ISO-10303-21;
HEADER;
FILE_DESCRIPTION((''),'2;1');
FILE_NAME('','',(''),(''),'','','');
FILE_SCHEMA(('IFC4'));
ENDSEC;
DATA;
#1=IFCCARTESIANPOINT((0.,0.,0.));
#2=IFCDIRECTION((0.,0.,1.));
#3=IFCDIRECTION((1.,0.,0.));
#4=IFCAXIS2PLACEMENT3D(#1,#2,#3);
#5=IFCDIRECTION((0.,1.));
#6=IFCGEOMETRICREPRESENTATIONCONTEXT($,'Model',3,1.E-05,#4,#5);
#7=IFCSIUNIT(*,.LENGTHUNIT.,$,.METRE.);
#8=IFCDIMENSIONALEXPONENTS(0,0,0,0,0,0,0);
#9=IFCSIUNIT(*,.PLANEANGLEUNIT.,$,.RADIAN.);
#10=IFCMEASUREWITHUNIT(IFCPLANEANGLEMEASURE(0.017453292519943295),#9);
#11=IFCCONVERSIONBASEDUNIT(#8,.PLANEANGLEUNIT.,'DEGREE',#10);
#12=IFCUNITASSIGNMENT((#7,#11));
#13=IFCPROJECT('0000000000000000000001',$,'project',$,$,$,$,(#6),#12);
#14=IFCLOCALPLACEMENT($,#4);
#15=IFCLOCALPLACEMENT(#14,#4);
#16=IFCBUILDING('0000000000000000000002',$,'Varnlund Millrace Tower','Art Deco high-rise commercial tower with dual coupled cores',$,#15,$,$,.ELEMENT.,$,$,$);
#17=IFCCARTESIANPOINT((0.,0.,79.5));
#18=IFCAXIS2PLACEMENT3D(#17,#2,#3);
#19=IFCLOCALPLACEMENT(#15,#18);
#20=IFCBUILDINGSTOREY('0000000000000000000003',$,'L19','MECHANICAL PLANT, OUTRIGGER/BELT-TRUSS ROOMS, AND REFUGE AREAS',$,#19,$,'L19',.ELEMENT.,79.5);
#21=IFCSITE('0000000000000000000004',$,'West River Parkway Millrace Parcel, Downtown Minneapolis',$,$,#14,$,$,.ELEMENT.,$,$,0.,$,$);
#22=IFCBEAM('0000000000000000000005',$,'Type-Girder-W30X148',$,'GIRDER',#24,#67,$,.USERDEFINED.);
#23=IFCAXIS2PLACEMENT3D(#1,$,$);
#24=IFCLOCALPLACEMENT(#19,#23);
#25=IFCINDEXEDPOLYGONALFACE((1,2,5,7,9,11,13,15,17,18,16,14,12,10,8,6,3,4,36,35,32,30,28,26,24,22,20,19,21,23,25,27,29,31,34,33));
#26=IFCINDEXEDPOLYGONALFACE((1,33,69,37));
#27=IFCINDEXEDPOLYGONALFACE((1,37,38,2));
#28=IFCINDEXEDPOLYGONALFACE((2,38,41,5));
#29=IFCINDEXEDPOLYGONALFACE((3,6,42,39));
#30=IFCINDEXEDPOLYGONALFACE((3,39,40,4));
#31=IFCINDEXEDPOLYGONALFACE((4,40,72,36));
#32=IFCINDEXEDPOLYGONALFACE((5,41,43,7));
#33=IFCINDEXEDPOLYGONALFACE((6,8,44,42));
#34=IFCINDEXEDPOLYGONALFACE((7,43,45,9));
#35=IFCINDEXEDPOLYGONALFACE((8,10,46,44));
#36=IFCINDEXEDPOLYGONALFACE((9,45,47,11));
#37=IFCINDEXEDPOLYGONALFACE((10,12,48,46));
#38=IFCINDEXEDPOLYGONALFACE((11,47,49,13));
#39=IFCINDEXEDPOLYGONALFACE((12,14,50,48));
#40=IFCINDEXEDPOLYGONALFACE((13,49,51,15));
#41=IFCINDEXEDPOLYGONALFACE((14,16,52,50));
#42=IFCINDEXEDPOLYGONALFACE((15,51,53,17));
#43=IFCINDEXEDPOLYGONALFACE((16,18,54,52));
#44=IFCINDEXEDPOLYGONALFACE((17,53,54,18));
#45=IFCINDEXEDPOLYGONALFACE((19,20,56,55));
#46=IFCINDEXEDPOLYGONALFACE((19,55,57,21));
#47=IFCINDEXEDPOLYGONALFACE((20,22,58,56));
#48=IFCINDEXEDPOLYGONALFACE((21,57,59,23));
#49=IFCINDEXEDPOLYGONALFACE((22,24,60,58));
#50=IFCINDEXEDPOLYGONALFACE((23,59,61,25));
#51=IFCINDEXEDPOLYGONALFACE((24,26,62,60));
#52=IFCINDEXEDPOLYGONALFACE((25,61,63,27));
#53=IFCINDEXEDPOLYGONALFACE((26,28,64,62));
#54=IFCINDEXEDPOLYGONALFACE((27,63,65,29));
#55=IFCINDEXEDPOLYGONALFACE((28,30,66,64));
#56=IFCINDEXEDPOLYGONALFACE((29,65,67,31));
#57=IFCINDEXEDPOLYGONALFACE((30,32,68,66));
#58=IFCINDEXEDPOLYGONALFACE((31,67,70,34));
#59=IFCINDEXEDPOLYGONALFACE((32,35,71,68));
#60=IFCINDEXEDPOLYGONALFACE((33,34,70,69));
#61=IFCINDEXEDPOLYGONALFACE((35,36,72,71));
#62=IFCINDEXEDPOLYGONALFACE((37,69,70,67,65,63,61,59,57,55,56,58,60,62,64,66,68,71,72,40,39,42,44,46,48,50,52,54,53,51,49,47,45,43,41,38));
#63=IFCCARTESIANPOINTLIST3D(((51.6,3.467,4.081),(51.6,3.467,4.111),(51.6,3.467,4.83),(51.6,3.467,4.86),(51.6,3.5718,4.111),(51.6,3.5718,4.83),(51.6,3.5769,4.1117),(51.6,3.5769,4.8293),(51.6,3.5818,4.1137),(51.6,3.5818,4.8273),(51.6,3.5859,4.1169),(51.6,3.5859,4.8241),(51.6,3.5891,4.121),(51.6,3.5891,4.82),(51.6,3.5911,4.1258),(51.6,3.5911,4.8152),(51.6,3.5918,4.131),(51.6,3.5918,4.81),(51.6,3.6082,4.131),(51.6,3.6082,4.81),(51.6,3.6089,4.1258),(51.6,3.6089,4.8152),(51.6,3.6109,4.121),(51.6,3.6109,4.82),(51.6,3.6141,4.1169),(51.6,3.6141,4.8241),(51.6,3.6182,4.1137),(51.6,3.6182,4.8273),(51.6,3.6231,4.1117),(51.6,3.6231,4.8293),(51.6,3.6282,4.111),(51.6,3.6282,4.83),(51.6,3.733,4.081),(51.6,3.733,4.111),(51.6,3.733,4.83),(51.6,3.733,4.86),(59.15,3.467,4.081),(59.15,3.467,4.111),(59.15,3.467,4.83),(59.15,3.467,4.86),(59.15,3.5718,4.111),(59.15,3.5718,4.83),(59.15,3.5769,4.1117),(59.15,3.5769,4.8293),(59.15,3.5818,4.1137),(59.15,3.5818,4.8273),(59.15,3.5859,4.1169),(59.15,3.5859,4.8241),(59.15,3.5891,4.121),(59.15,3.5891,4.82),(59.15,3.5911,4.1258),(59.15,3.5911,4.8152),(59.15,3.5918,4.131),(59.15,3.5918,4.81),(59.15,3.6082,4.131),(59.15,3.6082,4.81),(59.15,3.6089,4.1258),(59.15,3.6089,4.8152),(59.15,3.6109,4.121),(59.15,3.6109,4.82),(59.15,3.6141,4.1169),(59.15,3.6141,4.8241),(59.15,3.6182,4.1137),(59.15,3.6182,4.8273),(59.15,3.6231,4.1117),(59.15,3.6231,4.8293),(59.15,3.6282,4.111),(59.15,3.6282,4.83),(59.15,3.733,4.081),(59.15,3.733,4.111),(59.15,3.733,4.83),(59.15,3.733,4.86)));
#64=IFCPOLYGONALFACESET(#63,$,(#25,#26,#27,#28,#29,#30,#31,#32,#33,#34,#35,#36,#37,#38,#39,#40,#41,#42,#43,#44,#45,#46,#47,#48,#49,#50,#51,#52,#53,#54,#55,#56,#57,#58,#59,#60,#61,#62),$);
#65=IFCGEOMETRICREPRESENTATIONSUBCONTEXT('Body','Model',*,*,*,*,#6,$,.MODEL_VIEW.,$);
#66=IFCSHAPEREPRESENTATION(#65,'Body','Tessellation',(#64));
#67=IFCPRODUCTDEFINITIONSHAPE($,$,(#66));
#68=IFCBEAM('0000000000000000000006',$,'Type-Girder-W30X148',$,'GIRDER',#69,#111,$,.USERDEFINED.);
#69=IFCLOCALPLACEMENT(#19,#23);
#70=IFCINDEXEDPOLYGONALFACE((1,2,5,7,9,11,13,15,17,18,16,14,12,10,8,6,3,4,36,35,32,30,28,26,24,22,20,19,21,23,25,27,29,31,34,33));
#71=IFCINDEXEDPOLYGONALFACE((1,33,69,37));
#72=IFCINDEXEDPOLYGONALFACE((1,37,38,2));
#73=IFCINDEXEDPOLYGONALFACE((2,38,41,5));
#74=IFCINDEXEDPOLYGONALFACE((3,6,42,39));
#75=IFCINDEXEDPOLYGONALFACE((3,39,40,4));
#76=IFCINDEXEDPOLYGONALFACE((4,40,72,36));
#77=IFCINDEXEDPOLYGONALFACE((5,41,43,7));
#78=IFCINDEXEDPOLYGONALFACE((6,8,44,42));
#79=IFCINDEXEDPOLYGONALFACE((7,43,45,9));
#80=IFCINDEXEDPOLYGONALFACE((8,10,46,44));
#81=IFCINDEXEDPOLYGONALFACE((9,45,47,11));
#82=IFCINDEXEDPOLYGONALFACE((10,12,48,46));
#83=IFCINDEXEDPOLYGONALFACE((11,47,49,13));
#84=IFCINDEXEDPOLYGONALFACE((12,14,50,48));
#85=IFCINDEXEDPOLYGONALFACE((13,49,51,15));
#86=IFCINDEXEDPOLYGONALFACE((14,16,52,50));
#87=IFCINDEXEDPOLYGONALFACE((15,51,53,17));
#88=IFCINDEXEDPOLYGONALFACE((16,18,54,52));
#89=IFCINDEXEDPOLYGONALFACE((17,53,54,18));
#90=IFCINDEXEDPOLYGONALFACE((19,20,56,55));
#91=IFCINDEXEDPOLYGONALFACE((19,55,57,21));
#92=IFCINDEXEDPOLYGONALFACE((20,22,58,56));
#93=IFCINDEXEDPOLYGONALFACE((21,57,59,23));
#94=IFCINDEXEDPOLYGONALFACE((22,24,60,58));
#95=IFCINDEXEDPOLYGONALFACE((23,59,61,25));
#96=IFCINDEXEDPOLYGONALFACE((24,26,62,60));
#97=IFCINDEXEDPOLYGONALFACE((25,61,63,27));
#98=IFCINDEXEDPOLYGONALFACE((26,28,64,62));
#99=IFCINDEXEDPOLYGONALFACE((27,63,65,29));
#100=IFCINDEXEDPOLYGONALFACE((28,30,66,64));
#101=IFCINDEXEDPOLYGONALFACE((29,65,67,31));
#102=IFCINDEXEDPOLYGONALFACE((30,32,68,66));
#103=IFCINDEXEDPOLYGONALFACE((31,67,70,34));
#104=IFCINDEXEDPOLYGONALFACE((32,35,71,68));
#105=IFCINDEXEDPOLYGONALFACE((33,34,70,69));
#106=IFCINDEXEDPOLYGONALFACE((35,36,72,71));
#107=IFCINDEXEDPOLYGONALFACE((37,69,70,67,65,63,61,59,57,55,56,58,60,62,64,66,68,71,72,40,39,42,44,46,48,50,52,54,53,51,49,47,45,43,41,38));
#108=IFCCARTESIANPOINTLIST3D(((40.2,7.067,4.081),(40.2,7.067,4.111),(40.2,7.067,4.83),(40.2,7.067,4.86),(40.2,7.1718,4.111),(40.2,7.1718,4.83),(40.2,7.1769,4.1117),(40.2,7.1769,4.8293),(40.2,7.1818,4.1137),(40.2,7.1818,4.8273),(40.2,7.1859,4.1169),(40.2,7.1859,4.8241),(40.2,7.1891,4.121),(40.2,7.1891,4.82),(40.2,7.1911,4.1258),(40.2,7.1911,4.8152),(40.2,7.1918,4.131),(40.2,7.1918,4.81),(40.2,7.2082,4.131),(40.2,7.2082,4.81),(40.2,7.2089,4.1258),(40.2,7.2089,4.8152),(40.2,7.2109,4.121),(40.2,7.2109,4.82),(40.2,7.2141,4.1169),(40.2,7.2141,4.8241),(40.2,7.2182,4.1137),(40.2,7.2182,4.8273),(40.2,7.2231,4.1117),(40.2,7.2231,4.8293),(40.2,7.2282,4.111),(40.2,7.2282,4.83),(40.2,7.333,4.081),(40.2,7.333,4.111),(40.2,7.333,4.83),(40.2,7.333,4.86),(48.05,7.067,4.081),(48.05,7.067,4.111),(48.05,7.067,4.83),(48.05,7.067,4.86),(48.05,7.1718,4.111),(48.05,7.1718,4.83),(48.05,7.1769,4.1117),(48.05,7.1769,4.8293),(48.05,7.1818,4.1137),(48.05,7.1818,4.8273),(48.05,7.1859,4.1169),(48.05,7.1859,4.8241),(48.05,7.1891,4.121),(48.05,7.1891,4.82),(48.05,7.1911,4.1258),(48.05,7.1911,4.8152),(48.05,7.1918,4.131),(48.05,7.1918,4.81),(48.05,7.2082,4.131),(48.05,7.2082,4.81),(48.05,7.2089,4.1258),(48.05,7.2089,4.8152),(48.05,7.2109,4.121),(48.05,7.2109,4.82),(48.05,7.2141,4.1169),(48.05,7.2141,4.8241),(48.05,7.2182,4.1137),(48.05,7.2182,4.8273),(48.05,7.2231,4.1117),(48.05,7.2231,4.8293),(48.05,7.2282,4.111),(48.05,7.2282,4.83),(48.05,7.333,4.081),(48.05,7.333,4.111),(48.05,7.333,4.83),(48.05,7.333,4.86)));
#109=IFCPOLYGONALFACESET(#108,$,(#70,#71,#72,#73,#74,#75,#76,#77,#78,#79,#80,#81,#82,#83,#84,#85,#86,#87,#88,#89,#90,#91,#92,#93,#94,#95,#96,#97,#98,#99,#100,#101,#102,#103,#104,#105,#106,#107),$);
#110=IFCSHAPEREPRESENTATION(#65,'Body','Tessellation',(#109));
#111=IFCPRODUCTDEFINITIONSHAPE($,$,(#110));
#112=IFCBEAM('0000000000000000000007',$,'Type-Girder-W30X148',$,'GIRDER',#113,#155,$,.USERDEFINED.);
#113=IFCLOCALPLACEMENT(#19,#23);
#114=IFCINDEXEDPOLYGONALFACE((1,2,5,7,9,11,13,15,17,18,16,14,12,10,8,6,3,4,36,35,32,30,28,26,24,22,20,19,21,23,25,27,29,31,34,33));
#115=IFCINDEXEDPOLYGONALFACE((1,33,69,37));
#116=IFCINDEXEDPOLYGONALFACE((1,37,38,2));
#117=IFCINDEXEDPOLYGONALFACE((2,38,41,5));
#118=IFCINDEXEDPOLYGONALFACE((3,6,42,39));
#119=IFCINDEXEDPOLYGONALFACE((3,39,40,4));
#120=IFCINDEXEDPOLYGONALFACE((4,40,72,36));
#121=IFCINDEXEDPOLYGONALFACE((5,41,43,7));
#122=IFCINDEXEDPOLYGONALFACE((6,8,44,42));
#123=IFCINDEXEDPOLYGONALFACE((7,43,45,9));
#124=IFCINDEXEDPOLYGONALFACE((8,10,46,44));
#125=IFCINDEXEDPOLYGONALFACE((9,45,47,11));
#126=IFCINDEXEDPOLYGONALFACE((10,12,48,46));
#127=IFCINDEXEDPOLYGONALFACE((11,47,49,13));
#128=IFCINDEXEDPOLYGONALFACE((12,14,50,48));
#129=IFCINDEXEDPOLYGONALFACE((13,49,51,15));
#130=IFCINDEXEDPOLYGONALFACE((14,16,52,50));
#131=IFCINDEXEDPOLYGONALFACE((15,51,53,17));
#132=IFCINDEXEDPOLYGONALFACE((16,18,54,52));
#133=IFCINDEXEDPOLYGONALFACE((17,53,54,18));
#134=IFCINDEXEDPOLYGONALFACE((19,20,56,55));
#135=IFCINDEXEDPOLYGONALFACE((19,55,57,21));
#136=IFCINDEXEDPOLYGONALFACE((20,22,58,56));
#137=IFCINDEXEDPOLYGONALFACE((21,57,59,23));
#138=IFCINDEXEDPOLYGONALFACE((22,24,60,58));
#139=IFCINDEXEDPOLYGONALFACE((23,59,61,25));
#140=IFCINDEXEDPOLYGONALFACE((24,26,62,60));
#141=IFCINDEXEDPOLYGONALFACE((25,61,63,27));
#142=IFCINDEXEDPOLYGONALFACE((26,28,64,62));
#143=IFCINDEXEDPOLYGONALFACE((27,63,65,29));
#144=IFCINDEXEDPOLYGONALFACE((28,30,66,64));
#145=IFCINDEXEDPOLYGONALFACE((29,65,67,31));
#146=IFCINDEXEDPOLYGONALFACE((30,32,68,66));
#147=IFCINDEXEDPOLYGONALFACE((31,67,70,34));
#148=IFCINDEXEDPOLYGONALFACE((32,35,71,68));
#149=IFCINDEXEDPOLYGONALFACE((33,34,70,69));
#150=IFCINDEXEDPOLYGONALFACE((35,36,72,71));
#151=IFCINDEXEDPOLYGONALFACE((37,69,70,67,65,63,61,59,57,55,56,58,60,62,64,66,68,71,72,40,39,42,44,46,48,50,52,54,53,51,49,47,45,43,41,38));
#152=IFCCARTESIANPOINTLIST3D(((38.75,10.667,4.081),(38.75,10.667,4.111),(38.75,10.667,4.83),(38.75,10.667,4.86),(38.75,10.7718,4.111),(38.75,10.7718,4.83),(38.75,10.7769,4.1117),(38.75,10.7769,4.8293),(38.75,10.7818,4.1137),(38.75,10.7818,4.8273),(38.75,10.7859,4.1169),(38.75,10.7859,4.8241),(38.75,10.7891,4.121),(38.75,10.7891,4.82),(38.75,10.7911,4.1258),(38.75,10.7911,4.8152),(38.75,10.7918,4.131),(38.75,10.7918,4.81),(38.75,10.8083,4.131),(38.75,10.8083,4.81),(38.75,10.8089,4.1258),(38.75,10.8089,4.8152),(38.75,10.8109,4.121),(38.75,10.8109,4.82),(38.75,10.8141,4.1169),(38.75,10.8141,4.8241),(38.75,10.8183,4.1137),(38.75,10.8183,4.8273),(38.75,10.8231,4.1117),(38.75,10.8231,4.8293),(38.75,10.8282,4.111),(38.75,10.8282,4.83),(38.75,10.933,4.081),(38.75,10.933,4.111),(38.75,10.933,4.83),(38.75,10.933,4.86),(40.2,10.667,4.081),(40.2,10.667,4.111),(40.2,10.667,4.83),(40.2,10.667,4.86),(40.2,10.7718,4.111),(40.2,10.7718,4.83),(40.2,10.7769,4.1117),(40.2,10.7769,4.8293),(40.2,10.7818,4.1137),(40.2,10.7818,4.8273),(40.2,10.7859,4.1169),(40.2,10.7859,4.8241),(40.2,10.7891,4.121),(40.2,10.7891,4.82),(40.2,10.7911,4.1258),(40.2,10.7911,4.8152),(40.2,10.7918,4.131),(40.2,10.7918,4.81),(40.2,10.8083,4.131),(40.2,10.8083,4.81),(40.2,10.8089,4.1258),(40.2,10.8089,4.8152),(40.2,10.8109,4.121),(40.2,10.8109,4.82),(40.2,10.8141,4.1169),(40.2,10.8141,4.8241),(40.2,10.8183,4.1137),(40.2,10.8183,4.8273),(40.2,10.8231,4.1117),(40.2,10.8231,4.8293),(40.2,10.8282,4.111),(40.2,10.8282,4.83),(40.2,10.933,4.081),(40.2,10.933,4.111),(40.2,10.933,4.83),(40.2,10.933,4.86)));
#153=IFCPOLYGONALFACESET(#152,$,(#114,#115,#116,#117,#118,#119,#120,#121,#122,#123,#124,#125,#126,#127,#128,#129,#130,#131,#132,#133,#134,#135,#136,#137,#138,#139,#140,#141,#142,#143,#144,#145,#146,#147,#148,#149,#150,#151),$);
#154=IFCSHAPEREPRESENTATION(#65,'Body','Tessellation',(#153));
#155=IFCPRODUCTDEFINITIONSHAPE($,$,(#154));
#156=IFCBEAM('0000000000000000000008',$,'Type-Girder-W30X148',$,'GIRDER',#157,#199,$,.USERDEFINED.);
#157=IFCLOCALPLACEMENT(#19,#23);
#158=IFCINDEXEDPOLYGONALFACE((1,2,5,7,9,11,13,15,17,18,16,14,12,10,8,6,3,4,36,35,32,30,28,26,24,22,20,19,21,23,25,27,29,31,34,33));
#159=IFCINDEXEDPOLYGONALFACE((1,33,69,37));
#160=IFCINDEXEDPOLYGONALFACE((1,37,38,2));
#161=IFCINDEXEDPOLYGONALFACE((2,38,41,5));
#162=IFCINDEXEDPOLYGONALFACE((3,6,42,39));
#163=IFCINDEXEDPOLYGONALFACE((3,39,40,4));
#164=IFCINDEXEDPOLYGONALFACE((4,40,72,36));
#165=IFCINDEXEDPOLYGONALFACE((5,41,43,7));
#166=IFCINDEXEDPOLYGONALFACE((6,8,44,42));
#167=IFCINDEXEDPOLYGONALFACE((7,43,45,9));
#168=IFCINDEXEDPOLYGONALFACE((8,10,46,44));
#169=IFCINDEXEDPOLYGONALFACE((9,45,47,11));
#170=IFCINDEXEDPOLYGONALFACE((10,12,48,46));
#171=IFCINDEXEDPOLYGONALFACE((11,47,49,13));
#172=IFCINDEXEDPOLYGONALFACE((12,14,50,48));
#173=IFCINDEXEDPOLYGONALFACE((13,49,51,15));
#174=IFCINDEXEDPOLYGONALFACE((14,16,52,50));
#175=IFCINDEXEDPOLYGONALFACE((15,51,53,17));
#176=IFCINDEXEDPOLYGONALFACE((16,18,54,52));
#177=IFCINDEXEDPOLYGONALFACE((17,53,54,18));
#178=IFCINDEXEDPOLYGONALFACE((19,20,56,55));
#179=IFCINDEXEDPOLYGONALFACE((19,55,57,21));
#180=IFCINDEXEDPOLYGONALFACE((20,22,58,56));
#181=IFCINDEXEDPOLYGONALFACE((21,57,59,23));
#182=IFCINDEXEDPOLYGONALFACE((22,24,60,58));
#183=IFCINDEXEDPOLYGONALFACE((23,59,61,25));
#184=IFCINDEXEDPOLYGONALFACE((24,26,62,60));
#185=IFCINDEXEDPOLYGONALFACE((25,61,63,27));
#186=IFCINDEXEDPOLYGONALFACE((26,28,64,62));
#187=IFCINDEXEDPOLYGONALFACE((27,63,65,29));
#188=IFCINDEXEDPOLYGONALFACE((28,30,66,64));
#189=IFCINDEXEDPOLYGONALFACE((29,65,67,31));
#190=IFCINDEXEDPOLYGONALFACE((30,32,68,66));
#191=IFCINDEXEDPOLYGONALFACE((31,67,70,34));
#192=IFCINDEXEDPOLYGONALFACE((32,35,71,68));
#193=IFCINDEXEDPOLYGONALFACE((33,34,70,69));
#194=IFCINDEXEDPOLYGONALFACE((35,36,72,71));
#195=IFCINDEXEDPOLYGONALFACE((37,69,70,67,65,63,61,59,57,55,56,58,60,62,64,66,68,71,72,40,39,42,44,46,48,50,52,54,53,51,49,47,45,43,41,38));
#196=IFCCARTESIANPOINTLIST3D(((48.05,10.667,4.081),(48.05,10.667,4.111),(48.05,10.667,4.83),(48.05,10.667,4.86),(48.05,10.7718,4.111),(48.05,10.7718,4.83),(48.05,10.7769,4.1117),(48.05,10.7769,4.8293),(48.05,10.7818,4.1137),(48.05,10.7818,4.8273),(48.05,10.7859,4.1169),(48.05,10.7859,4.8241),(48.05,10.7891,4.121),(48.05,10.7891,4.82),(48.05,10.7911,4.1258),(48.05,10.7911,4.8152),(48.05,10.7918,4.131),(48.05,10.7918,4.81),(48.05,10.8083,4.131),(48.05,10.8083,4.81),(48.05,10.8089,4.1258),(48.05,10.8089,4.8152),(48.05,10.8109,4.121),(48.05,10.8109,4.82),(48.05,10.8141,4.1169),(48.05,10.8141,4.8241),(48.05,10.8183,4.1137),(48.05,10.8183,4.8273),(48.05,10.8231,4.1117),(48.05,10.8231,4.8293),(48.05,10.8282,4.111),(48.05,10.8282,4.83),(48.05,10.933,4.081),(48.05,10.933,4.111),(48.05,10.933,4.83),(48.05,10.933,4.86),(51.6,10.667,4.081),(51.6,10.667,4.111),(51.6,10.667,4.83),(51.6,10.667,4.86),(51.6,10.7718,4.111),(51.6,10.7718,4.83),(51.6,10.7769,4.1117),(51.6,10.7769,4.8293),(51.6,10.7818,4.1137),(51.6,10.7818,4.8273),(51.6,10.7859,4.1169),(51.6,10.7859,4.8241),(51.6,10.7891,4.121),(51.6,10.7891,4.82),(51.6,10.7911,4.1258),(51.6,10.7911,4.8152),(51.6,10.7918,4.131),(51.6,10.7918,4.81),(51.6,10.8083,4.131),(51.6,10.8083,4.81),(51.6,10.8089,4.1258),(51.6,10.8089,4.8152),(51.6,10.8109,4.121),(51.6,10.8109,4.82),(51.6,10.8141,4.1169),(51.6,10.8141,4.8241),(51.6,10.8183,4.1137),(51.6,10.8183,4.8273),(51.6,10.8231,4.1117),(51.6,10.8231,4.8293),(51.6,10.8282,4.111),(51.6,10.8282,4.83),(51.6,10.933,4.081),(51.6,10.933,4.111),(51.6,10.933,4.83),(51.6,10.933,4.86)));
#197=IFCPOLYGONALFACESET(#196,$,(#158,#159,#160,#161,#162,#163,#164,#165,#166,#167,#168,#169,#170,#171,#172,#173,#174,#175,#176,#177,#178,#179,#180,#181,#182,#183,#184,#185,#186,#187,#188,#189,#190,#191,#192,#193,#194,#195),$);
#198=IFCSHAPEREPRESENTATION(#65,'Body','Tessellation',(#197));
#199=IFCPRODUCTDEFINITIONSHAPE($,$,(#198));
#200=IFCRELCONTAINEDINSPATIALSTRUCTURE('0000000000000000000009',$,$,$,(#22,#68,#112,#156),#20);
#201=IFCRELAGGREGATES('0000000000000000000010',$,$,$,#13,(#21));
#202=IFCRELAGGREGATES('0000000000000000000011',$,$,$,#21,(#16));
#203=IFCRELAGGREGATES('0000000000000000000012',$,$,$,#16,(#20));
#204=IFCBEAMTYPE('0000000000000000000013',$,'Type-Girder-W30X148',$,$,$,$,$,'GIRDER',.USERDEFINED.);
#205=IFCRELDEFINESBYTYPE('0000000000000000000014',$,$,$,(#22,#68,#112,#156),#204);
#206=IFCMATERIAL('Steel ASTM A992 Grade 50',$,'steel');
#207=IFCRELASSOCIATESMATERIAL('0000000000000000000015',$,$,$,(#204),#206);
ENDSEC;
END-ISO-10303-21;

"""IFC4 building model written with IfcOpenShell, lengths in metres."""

from ifc_helpers import new_model, entity, si_unit, converted_unit, direction, frame, origin_with_axes, origin_2d_with_axis, place, context, subcontext, project, spatial, i_section, extrude, material, material_profile, profile_set, type_object, element, save


model = new_model("IFC4")

# Units and contexts
model_context = context("Model", 3, precision=1e-05, world=origin_with_axes(), true_north=direction((0.0, 1.0)))
body_context = subcontext(model_context, "Body", "Model", "MODEL_VIEW")
ifc_project = project(units=[si_unit("LENGTHUNIT", "METRE"), converted_unit("PLANEANGLEUNIT", "DEGREE", entity("IfcPlaneAngleMeasure", 0.017453292519943295), si_unit("PLANEANGLEUNIT", "RADIAN"), dimensions=[0, 0, 0, 0, 0, 0, 0])], contexts=[model_context])

# Site, building, storey
site_placement = place(None, origin_with_axes())
site = spatial("IfcSite", under=ifc_project, at=site_placement, Name="West River Parkway Millrace Parcel, Downtown Minneapolis", CompositionType="ELEMENT", RefElevation=0.0)
building_placement = place(site_placement, origin_with_axes())
building = spatial("IfcBuilding", under=site, at=building_placement, Name="Varnlund Millrace Tower", Description="Art Deco high-rise commercial tower with dual coupled cores", CompositionType="ELEMENT")
storey_placement = place(building_placement, frame((0.0, 0.0, 79.5), z_axis=(0.0, 0.0, 1.0), x_axis=(1.0, 0.0, 0.0)))
storey = spatial("IfcBuildingStorey", under=building, at=storey_placement, Name="L19", Description="MECHANICAL PLANT, OUTRIGGER/BELT-TRUSS ROOMS, AND REFUGE AREAS", LongName="L19", CompositionType="ELEMENT", Elevation=79.5)

# Beams
ifc_material_1 = material(Name="Steel ASTM A992 Grade 50", Category="steel")
ifc_material_profile_1 = material_profile(ifc_material_1, i_section(OverallWidth=0.266, OverallDepth=0.779, WebThickness=0.0165, FlangeThickness=0.03, FilletRadius=0.02, at=origin_2d_with_axis()), Name="Steel ASTM A992 Grade 50")
ifc_profile_set_1 = profile_set([ifc_material_profile_1], Name="Steel ASTM A992 Grade 50")
beam_type_1 = type_object("IfcBeamType", Name="Type-Girder-W30X148", ElementType="GIRDER", PredefinedType="USERDEFINED", material=ifc_profile_set_1)
beam_1_placement = place(storey_placement, frame((51.6, 3.6, 4.4705), z_axis=(1.0, 0.0, 0.0), x_axis=(0.0, 1.0, 0.0)))
element("IfcBeam", 1, at=beam_1_placement, inside=storey, type_object=beam_type_1, Name="Type-Girder-W30X148", ObjectType="GIRDER", PredefinedType="USERDEFINED", context=body_context, shape_type="SweptSolid", body=[
    extrude(i_section(OverallWidth=0.266, OverallDepth=0.779, WebThickness=0.0165, FlangeThickness=0.03, FilletRadius=0.02, at=origin_2d_with_axis()), origin_with_axes(), (0.0, 0.0, 1.0), 7.55),
])
beam_2_placement = place(storey_placement, frame((40.2, 7.2, 4.4705), z_axis=(1.0, 0.0, 0.0), x_axis=(0.0, 1.0, 0.0)))
element("IfcBeam", 2, at=beam_2_placement, inside=storey, type_object=beam_type_1, Name="Type-Girder-W30X148", ObjectType="GIRDER", PredefinedType="USERDEFINED", context=body_context, shape_type="SweptSolid", body=[
    extrude(i_section(OverallWidth=0.266, OverallDepth=0.779, WebThickness=0.0165, FlangeThickness=0.03, FilletRadius=0.02, at=origin_2d_with_axis()), origin_with_axes(), (0.0, 0.0, 1.0), 7.85),
])
beam_3_placement = place(storey_placement, frame((38.75, 10.8, 4.4705), z_axis=(1.0, 0.0, 0.0), x_axis=(0.0, 1.0, 0.0)))
element("IfcBeam", 3, at=beam_3_placement, inside=storey, type_object=beam_type_1, Name="Type-Girder-W30X148", ObjectType="GIRDER", PredefinedType="USERDEFINED", context=body_context, shape_type="SweptSolid", body=[
    extrude(i_section(OverallWidth=0.266, OverallDepth=0.779, WebThickness=0.0165, FlangeThickness=0.03, FilletRadius=0.02, at=origin_2d_with_axis()), origin_with_axes(), (0.0, 0.0, 1.0), 1.45),
])
beam_4_placement = place(storey_placement, frame((48.05, 10.8, 4.4705), z_axis=(1.0, 0.0, 0.0), x_axis=(0.0, 1.0, 0.0)))
element("IfcBeam", 4, at=beam_4_placement, inside=storey, type_object=beam_type_1, Name="Type-Girder-W30X148", ObjectType="GIRDER", PredefinedType="USERDEFINED", context=body_context, shape_type="SweptSolid", body=[
    extrude(i_section(OverallWidth=0.266, OverallDepth=0.779, WebThickness=0.0165, FlangeThickness=0.03, FilletRadius=0.02, at=origin_2d_with_axis()), origin_with_axes(), (0.0, 0.0, 1.0), 3.55),
])

save(model, "model.ifc")
